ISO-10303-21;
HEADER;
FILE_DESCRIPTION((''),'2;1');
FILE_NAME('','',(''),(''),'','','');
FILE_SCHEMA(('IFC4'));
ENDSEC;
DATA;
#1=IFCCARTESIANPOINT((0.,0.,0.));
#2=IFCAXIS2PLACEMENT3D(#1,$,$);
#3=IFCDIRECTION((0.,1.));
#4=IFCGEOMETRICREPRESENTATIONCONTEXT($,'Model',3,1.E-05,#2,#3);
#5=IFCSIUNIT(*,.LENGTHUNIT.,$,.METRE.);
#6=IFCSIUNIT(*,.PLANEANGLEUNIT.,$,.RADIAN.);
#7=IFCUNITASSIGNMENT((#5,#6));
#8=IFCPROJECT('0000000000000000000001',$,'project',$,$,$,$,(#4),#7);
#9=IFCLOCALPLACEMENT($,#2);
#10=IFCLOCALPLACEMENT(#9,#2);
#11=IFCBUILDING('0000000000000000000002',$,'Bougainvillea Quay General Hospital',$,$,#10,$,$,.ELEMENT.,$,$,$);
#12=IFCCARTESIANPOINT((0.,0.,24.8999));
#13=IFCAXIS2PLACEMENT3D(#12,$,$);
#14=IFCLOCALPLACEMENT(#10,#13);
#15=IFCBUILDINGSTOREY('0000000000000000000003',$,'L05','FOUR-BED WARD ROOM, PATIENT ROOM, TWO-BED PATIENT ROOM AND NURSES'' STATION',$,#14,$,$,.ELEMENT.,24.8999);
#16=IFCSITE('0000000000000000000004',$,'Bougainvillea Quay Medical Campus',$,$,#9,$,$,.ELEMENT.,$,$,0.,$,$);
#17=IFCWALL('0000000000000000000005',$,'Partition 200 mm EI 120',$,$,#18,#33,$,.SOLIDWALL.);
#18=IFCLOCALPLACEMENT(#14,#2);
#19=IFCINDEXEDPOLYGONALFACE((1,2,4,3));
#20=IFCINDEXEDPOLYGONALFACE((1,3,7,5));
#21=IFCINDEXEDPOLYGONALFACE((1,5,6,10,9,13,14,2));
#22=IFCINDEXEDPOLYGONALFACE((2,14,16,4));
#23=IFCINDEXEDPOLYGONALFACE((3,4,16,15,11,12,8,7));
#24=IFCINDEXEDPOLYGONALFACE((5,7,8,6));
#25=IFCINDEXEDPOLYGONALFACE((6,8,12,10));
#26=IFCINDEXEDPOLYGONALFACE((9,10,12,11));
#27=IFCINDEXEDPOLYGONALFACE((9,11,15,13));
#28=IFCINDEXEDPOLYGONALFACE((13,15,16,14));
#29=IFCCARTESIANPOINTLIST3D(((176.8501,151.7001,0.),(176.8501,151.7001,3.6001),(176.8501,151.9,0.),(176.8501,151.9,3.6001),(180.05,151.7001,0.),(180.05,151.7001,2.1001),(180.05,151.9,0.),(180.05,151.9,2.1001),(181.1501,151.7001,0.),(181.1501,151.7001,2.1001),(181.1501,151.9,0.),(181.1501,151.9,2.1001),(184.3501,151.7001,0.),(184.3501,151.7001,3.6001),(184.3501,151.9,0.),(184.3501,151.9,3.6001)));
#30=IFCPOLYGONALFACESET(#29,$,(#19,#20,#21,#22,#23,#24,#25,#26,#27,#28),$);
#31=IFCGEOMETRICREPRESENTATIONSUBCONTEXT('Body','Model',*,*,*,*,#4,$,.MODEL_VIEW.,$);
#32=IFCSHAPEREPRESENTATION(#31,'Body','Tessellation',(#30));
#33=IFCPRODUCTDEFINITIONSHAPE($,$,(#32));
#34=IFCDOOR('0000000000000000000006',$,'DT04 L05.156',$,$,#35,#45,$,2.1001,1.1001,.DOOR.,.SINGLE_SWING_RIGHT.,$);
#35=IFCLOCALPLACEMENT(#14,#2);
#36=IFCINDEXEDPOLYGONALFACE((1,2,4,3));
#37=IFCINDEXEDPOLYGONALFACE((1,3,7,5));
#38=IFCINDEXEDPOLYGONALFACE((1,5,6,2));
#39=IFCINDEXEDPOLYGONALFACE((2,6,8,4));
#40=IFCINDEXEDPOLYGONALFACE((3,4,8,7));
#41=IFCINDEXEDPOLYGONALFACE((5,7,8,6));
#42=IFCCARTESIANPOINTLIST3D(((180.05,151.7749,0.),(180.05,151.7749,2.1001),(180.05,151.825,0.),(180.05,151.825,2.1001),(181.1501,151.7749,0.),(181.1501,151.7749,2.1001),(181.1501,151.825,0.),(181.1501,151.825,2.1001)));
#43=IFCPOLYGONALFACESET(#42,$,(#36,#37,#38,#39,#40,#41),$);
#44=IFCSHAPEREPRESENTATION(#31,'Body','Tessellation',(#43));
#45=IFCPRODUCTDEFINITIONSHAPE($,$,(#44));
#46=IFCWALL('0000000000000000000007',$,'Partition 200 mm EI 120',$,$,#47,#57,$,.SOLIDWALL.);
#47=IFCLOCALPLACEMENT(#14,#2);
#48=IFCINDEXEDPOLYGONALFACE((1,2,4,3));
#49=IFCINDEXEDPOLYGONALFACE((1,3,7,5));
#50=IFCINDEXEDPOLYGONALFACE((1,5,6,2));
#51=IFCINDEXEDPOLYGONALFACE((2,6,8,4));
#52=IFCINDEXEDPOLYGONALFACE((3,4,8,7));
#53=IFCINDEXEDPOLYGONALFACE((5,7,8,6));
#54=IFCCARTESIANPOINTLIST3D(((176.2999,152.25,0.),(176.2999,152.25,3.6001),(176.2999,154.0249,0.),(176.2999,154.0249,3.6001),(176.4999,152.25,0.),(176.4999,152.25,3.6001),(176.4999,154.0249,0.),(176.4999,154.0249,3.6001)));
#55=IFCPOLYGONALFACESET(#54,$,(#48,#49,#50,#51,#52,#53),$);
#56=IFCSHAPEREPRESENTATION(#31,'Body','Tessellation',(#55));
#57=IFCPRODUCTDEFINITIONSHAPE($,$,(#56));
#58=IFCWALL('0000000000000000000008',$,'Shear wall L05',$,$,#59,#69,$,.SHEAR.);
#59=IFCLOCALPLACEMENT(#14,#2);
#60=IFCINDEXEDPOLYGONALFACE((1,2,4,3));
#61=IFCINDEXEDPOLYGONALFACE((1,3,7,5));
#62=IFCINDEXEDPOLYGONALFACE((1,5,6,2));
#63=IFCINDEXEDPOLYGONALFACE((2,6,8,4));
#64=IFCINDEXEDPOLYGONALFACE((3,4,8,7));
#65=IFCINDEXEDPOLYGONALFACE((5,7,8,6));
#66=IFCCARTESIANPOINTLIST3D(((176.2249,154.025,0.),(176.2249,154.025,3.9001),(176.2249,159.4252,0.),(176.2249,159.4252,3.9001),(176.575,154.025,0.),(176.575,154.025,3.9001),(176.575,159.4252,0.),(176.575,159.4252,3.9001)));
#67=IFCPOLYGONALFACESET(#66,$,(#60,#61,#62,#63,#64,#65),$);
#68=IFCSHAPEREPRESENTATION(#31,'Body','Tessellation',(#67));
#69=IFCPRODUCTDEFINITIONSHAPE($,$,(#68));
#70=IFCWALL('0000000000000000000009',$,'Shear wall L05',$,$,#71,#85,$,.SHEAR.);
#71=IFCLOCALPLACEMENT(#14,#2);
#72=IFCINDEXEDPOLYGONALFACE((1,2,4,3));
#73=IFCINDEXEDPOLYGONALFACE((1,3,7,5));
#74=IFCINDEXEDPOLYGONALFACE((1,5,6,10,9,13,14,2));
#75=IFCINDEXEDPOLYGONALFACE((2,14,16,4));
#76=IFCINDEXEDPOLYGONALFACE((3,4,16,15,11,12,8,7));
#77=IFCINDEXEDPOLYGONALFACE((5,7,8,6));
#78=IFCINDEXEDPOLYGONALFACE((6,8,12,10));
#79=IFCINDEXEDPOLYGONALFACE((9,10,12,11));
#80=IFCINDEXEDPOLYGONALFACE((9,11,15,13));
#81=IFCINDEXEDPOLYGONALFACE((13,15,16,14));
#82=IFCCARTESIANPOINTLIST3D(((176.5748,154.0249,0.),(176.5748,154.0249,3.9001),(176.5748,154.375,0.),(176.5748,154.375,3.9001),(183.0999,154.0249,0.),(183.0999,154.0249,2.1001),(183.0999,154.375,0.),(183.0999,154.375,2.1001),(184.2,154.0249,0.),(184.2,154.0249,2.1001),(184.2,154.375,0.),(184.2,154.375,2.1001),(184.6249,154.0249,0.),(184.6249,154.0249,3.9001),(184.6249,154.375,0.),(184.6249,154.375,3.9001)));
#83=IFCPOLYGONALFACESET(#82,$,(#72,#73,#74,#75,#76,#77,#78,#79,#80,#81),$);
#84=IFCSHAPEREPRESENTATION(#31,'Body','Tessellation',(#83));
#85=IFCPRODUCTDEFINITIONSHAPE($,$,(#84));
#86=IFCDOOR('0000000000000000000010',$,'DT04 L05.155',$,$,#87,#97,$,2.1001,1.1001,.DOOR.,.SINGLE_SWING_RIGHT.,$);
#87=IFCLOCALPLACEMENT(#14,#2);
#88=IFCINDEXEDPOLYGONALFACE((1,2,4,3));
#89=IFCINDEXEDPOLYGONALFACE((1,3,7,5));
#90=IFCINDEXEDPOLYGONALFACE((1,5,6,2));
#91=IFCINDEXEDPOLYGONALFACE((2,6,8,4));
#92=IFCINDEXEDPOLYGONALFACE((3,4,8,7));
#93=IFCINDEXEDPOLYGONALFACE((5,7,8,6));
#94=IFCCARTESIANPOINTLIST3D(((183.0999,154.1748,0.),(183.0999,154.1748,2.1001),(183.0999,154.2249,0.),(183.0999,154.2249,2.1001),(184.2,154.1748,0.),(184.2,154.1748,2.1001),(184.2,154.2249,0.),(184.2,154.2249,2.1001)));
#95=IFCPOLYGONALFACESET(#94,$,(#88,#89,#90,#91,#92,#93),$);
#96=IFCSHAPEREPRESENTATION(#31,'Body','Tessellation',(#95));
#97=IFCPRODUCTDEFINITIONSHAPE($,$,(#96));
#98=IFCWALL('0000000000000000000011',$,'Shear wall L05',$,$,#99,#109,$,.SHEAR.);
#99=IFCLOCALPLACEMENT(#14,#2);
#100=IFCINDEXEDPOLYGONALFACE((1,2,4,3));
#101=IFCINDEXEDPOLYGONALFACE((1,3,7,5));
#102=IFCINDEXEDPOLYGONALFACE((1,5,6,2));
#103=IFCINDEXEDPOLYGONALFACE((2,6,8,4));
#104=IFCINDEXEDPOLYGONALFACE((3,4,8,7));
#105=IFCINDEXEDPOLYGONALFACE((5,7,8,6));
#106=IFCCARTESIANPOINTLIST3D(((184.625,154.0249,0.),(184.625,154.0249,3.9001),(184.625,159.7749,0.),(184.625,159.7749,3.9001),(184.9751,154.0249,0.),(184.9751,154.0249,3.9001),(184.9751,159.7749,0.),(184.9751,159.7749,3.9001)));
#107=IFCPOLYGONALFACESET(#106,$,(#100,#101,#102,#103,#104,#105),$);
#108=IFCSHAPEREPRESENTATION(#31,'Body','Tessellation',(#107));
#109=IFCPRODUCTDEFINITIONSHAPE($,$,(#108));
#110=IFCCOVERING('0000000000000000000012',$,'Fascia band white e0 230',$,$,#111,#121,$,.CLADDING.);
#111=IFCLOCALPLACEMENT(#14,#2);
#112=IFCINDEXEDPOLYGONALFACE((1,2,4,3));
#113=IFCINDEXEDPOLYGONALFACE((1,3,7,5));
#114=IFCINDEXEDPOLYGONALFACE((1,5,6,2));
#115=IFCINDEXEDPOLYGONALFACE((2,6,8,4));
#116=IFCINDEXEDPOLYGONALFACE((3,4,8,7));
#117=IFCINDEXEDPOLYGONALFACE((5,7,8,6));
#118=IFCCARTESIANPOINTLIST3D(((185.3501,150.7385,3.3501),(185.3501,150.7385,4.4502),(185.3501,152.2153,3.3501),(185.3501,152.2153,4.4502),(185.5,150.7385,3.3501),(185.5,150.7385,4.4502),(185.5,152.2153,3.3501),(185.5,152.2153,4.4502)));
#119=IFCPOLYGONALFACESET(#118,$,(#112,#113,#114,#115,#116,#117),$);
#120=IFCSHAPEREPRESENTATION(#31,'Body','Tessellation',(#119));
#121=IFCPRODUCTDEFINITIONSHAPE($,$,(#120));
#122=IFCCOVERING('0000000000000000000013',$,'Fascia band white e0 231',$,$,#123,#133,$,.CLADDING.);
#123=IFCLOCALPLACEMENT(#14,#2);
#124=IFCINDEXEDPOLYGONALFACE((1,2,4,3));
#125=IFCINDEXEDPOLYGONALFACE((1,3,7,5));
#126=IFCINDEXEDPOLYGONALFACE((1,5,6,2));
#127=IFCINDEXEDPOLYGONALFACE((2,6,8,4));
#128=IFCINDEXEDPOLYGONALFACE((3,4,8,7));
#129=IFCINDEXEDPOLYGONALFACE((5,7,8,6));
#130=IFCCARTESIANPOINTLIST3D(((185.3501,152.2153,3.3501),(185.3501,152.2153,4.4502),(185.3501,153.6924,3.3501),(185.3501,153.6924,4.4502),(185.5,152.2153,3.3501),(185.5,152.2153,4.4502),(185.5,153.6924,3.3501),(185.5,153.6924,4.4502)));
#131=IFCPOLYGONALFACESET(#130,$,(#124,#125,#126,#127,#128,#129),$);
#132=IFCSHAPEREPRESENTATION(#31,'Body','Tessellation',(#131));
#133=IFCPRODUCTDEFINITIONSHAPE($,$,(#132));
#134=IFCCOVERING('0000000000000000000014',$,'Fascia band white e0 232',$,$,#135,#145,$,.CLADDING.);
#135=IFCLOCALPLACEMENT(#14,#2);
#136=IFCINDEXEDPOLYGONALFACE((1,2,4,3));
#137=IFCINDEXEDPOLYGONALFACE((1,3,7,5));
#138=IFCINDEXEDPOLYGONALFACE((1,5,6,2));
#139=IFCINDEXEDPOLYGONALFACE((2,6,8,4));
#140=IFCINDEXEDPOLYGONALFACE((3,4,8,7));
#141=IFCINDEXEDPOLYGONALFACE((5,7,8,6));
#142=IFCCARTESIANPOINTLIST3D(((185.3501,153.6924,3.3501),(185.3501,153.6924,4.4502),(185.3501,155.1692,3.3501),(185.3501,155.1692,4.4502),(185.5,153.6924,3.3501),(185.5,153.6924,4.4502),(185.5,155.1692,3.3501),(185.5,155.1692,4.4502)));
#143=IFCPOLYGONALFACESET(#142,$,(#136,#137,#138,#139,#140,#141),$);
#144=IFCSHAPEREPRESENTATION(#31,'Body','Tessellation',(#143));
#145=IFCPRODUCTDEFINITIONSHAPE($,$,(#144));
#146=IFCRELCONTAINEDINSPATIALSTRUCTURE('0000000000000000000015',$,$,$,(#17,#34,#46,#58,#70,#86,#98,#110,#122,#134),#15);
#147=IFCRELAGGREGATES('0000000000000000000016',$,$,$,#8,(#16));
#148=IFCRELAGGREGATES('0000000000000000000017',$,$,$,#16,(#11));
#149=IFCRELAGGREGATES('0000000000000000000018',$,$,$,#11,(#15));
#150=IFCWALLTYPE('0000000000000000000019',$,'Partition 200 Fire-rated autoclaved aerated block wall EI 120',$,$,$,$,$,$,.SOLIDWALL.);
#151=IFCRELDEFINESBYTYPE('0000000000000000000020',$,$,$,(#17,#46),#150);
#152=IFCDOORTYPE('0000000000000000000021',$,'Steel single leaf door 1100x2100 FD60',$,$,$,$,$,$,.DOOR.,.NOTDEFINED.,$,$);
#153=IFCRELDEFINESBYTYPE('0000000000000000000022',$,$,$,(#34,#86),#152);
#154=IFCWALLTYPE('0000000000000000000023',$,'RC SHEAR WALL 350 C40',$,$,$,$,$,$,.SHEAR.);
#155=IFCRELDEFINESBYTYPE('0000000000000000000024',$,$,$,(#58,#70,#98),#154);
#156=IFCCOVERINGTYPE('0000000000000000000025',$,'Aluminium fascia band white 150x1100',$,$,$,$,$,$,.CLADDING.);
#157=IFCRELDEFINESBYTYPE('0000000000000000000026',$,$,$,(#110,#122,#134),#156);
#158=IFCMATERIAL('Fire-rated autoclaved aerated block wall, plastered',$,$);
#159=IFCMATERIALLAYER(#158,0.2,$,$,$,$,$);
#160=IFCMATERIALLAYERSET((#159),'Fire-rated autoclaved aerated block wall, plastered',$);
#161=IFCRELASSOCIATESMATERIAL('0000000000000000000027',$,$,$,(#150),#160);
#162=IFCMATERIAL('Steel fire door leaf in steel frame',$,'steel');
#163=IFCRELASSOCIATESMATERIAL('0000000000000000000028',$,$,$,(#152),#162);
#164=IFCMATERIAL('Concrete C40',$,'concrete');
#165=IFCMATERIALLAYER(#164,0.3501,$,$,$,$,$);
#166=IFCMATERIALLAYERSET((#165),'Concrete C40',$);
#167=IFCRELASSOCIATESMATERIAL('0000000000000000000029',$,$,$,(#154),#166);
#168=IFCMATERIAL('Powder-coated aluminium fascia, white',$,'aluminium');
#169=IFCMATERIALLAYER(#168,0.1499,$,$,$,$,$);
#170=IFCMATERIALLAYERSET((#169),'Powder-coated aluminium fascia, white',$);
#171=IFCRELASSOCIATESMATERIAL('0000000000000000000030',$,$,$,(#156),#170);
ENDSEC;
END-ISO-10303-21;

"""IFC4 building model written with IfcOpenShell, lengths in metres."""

from ifc_helpers import new_model, si_unit, direction, frame, frame_2d, origin, place, context, subcontext, project, spatial, polyline, rectangle, outline, extrude, material, layer, layer_set, type_object, element, fill, save


model = new_model("IFC4")

# Units and contexts
model_context = context("Model", 3, precision=1e-05, world=origin(), true_north=direction((0.0, 1.0)))
body_context = subcontext(model_context, "Body", "Model", "MODEL_VIEW")
ifc_project = project(units=[si_unit("LENGTHUNIT", "METRE"), si_unit("PLANEANGLEUNIT", "RADIAN")], contexts=[model_context])

# Site, building, storey
site_placement = place(None, origin())
site = spatial("IfcSite", under=ifc_project, at=site_placement, Name="Bougainvillea Quay Medical Campus", CompositionType="ELEMENT", RefElevation=0.0)
building_placement = place(site_placement, origin())
building = spatial("IfcBuilding", under=site, at=building_placement, Name="Bougainvillea Quay General Hospital", CompositionType="ELEMENT")
storey_placement = place(building_placement, frame((0.0, 0.0, 24.8999)))
storey = spatial("IfcBuildingStorey", under=building, at=storey_placement, Name="L05", Description="FOUR-BED WARD ROOM, PATIENT ROOM, TWO-BED PATIENT ROOM AND NURSES' STATION", CompositionType="ELEMENT", Elevation=24.8999)

# Shared definitions
ifc_material_1 = material(Name="Concrete C40", Category="concrete")

# Wall, opening, door
ifc_material_2 = material(Name="Fire-rated autoclaved aerated block wall, plastered")
ifc_layer_1 = layer(ifc_material_2, 0.2)
ifc_layer_set_1 = layer_set([ifc_layer_1], Name="Fire-rated autoclaved aerated block wall, plastered")
wall_type_1 = type_object("IfcWallType", Name="Partition 200 Fire-rated autoclaved aerated block wall EI 120", PredefinedType="SOLIDWALL", material=ifc_layer_set_1)
wall_1_placement = place(storey_placement, frame((176.8501, 151.8, 0.0), z_axis=(0.0, 0.0, 1.0), x_axis=(1.0, 0.0, 0.0)))
wall_1 = element("IfcWall", 1, at=wall_1_placement, inside=storey, type_object=wall_type_1, Name="Partition 200 mm EI 120", PredefinedType="SOLIDWALL", context=body_context, shape_type="SweptSolid", body=[
    extrude(rectangle(XDim=7.5, YDim=0.2, at=frame_2d((3.75, 0.0))), origin(), (0.0, 0.0, 1.0), 3.6001),
])
opening_1_placement = place(wall_1_placement, frame((3.2, 0.0, 0.0)))
opening_1 = element("IfcOpeningElement", 2, at=opening_1_placement, cuts=wall_1, PredefinedType="OPENING", context=body_context, shape_type="SweptSolid", body=[
    extrude(rectangle(XDim=1.1001, YDim=2.1001, at=frame_2d((0.55, 1.05))), frame((0.0, 0.1099, 0.0), z_axis=(0.0, -1.0, 0.0), x_axis=(1.0, 0.0, 0.0)), (0.0, 0.0, 1.0), 0.22),
])
ifc_material_3 = material(Name="Steel fire door leaf in steel frame", Category="steel")
door_type = type_object("IfcDoorType", Name="Steel single leaf door 1100x2100 FD60", OperationType="NOTDEFINED", PredefinedType="DOOR", material=ifc_material_3)
door_1_placement = place(opening_1_placement, origin())
door_1 = element("IfcDoor", 3, at=door_1_placement, inside=storey, type_object=door_type, Name="DT04 L05.156", OperationType="SINGLE_SWING_RIGHT", OverallHeight=2.1001, OverallWidth=1.1001, PredefinedType="DOOR", context=body_context, shape_type="SweptSolid", body=[
    extrude(rectangle(XDim=1.1001, YDim=2.1001, at=frame_2d((0.55, 1.05))), frame((0.0, 0.0249, 0.0), z_axis=(0.0, -1.0, 0.0), x_axis=(1.0, 0.0, 0.0)), (0.0, 0.0, 1.0), 0.05),
])
fill(opening_1, door_1)

# Walls
wall_2_placement = place(storey_placement, frame((176.3999, 152.25, 0.0), z_axis=(0.0, 0.0, 1.0), x_axis=(0.0, 1.0, 0.0)))
element("IfcWall", 4, at=wall_2_placement, inside=storey, type_object=wall_type_1, Name="Partition 200 mm EI 120", PredefinedType="SOLIDWALL", context=body_context, shape_type="SweptSolid", body=[
    extrude(rectangle(XDim=1.7749, YDim=0.2, at=frame_2d((0.8875, 0.0))), origin(), (0.0, 0.0, 1.0), 3.6001),
])
ifc_layer_2 = layer(ifc_material_1, 0.3501)
ifc_layer_set_2 = layer_set([ifc_layer_2], Name="Concrete C40")
wall_type_2 = type_object("IfcWallType", Name="RC SHEAR WALL 350 C40", PredefinedType="SHEAR", material=ifc_layer_set_2)
wall_3_placement = place(storey_placement, frame((176.3999, 154.0249, 0.0), z_axis=(0.0, 0.0, 1.0), x_axis=(0.0, 1.0, 0.0)))
element("IfcWall", 5, at=wall_3_placement, inside=storey, type_object=wall_type_2, Name="Shear wall L05", PredefinedType="SHEAR", context=body_context, shape_type="SweptSolid", body=[
    extrude(rectangle(XDim=5.4001, YDim=0.3501, at=frame_2d((2.7002, 0.0))), origin(), (0.0, 0.0, 1.0), 3.9001),
])

# Wall, opening, door
wall_4_placement = place(storey_placement, frame((176.575, 154.2, 0.0), z_axis=(0.0, 0.0, 1.0), x_axis=(1.0, 0.0, 0.0)))
wall_4 = element("IfcWall", 6, at=wall_4_placement, inside=storey, type_object=wall_type_2, Name="Shear wall L05", PredefinedType="SHEAR", context=body_context, shape_type="SweptSolid", body=[
    extrude(rectangle(XDim=8.05, YDim=0.3501, at=frame_2d((4.0249, 0.0))), origin(), (0.0, 0.0, 1.0), 3.9001),
])
opening_2_placement = place(wall_4_placement, frame((6.5249, 0.0, 0.0)))
opening_2 = element("IfcOpeningElement", 7, at=opening_2_placement, cuts=wall_4, PredefinedType="OPENING", context=body_context, shape_type="SweptSolid", body=[
    extrude(rectangle(XDim=1.1001, YDim=2.1001, at=frame_2d((0.55, 1.05))), frame((0.0, 0.1851, 0.0), z_axis=(0.0, -1.0, 0.0), x_axis=(1.0, 0.0, 0.0)), (0.0, 0.0, 1.0), 0.3701),
])
door_2_placement = place(opening_2_placement, origin())
door_2 = element("IfcDoor", 8, at=door_2_placement, inside=storey, type_object=door_type, Name="DT04 L05.155", OperationType="SINGLE_SWING_RIGHT", OverallHeight=2.1001, OverallWidth=1.1001, PredefinedType="DOOR", context=body_context, shape_type="SweptSolid", body=[
    extrude(rectangle(XDim=1.1001, YDim=2.1001, at=frame_2d((0.55, 1.05))), frame((0.0, 0.0249, 0.0), z_axis=(0.0, -1.0, 0.0), x_axis=(1.0, 0.0, 0.0)), (0.0, 0.0, 1.0), 0.05),
])
fill(opening_2, door_2)

# Wall
wall_5_placement = place(storey_placement, frame((184.8, 154.0249, 0.0), z_axis=(0.0, 0.0, 1.0), x_axis=(0.0, 1.0, 0.0)))
element("IfcWall", 9, at=wall_5_placement, inside=storey, type_object=wall_type_2, Name="Shear wall L05", PredefinedType="SHEAR", context=body_context, shape_type="SweptSolid", body=[
    extrude(rectangle(XDim=5.75, YDim=0.3501, at=frame_2d((2.875, 0.0))), origin(), (0.0, 0.0, 1.0), 3.9001),
])

# Coverings
ifc_material_4 = material(Name="Powder-coated aluminium fascia, white", Category="aluminium")
ifc_layer_3 = layer(ifc_material_4, 0.1499)
ifc_layer_set_3 = layer_set([ifc_layer_3], Name="Powder-coated aluminium fascia, white")
covering_type = type_object("IfcCoveringType", Name="Aluminium fascia band white 150x1100", PredefinedType="CLADDING", material=ifc_layer_set_3)
covering_1_placement = place(storey_placement, frame((185.3501, 150.7385, 3.3501), z_axis=(0.0, 0.0, 1.0), x_axis=(0.0, 1.0, 0.0)))
element("IfcCovering", 10, at=covering_1_placement, inside=storey, type_object=covering_type, Name="Fascia band white e0 230", PredefinedType="CLADDING", context=body_context, shape_type="SweptSolid", body=[
    extrude(outline(polyline([(0.0, 0.0), (1.4768, 0.0), (1.4768, -0.1499), (0.0, -0.1499), (0.0, 0.0)])), origin(), (0.0, 0.0, 1.0), 1.1001),
])
covering_2_placement = place(storey_placement, frame((185.3501, 152.2153, 3.3501), z_axis=(0.0, 0.0, 1.0), x_axis=(0.0, 1.0, 0.0)))
element("IfcCovering", 11, at=covering_2_placement, inside=storey, type_object=covering_type, Name="Fascia band white e0 231", PredefinedType="CLADDING", context=body_context, shape_type="SweptSolid", body=[
    extrude(outline(polyline([(0.0, 0.0), (1.4771, 0.0), (1.4771, -0.1499), (0.0, -0.1499), (0.0, 0.0)])), origin(), (0.0, 0.0, 1.0), 1.1001),
])
covering_3_placement = place(storey_placement, frame((185.3501, 153.6924, 3.3501), z_axis=(0.0, 0.0, 1.0), x_axis=(0.0, 1.0, 0.0)))
element("IfcCovering", 12, at=covering_3_placement, inside=storey, type_object=covering_type, Name="Fascia band white e0 232", PredefinedType="CLADDING", context=body_context, shape_type="SweptSolid", body=[
    extrude(outline(polyline([(0.0, 0.0), (1.4768, 0.0), (1.4768, -0.1499), (0.0, -0.1499), (0.0, 0.0)])), origin(), (0.0, 0.0, 1.0), 1.1001),
])

save(model, "model.ifc")
